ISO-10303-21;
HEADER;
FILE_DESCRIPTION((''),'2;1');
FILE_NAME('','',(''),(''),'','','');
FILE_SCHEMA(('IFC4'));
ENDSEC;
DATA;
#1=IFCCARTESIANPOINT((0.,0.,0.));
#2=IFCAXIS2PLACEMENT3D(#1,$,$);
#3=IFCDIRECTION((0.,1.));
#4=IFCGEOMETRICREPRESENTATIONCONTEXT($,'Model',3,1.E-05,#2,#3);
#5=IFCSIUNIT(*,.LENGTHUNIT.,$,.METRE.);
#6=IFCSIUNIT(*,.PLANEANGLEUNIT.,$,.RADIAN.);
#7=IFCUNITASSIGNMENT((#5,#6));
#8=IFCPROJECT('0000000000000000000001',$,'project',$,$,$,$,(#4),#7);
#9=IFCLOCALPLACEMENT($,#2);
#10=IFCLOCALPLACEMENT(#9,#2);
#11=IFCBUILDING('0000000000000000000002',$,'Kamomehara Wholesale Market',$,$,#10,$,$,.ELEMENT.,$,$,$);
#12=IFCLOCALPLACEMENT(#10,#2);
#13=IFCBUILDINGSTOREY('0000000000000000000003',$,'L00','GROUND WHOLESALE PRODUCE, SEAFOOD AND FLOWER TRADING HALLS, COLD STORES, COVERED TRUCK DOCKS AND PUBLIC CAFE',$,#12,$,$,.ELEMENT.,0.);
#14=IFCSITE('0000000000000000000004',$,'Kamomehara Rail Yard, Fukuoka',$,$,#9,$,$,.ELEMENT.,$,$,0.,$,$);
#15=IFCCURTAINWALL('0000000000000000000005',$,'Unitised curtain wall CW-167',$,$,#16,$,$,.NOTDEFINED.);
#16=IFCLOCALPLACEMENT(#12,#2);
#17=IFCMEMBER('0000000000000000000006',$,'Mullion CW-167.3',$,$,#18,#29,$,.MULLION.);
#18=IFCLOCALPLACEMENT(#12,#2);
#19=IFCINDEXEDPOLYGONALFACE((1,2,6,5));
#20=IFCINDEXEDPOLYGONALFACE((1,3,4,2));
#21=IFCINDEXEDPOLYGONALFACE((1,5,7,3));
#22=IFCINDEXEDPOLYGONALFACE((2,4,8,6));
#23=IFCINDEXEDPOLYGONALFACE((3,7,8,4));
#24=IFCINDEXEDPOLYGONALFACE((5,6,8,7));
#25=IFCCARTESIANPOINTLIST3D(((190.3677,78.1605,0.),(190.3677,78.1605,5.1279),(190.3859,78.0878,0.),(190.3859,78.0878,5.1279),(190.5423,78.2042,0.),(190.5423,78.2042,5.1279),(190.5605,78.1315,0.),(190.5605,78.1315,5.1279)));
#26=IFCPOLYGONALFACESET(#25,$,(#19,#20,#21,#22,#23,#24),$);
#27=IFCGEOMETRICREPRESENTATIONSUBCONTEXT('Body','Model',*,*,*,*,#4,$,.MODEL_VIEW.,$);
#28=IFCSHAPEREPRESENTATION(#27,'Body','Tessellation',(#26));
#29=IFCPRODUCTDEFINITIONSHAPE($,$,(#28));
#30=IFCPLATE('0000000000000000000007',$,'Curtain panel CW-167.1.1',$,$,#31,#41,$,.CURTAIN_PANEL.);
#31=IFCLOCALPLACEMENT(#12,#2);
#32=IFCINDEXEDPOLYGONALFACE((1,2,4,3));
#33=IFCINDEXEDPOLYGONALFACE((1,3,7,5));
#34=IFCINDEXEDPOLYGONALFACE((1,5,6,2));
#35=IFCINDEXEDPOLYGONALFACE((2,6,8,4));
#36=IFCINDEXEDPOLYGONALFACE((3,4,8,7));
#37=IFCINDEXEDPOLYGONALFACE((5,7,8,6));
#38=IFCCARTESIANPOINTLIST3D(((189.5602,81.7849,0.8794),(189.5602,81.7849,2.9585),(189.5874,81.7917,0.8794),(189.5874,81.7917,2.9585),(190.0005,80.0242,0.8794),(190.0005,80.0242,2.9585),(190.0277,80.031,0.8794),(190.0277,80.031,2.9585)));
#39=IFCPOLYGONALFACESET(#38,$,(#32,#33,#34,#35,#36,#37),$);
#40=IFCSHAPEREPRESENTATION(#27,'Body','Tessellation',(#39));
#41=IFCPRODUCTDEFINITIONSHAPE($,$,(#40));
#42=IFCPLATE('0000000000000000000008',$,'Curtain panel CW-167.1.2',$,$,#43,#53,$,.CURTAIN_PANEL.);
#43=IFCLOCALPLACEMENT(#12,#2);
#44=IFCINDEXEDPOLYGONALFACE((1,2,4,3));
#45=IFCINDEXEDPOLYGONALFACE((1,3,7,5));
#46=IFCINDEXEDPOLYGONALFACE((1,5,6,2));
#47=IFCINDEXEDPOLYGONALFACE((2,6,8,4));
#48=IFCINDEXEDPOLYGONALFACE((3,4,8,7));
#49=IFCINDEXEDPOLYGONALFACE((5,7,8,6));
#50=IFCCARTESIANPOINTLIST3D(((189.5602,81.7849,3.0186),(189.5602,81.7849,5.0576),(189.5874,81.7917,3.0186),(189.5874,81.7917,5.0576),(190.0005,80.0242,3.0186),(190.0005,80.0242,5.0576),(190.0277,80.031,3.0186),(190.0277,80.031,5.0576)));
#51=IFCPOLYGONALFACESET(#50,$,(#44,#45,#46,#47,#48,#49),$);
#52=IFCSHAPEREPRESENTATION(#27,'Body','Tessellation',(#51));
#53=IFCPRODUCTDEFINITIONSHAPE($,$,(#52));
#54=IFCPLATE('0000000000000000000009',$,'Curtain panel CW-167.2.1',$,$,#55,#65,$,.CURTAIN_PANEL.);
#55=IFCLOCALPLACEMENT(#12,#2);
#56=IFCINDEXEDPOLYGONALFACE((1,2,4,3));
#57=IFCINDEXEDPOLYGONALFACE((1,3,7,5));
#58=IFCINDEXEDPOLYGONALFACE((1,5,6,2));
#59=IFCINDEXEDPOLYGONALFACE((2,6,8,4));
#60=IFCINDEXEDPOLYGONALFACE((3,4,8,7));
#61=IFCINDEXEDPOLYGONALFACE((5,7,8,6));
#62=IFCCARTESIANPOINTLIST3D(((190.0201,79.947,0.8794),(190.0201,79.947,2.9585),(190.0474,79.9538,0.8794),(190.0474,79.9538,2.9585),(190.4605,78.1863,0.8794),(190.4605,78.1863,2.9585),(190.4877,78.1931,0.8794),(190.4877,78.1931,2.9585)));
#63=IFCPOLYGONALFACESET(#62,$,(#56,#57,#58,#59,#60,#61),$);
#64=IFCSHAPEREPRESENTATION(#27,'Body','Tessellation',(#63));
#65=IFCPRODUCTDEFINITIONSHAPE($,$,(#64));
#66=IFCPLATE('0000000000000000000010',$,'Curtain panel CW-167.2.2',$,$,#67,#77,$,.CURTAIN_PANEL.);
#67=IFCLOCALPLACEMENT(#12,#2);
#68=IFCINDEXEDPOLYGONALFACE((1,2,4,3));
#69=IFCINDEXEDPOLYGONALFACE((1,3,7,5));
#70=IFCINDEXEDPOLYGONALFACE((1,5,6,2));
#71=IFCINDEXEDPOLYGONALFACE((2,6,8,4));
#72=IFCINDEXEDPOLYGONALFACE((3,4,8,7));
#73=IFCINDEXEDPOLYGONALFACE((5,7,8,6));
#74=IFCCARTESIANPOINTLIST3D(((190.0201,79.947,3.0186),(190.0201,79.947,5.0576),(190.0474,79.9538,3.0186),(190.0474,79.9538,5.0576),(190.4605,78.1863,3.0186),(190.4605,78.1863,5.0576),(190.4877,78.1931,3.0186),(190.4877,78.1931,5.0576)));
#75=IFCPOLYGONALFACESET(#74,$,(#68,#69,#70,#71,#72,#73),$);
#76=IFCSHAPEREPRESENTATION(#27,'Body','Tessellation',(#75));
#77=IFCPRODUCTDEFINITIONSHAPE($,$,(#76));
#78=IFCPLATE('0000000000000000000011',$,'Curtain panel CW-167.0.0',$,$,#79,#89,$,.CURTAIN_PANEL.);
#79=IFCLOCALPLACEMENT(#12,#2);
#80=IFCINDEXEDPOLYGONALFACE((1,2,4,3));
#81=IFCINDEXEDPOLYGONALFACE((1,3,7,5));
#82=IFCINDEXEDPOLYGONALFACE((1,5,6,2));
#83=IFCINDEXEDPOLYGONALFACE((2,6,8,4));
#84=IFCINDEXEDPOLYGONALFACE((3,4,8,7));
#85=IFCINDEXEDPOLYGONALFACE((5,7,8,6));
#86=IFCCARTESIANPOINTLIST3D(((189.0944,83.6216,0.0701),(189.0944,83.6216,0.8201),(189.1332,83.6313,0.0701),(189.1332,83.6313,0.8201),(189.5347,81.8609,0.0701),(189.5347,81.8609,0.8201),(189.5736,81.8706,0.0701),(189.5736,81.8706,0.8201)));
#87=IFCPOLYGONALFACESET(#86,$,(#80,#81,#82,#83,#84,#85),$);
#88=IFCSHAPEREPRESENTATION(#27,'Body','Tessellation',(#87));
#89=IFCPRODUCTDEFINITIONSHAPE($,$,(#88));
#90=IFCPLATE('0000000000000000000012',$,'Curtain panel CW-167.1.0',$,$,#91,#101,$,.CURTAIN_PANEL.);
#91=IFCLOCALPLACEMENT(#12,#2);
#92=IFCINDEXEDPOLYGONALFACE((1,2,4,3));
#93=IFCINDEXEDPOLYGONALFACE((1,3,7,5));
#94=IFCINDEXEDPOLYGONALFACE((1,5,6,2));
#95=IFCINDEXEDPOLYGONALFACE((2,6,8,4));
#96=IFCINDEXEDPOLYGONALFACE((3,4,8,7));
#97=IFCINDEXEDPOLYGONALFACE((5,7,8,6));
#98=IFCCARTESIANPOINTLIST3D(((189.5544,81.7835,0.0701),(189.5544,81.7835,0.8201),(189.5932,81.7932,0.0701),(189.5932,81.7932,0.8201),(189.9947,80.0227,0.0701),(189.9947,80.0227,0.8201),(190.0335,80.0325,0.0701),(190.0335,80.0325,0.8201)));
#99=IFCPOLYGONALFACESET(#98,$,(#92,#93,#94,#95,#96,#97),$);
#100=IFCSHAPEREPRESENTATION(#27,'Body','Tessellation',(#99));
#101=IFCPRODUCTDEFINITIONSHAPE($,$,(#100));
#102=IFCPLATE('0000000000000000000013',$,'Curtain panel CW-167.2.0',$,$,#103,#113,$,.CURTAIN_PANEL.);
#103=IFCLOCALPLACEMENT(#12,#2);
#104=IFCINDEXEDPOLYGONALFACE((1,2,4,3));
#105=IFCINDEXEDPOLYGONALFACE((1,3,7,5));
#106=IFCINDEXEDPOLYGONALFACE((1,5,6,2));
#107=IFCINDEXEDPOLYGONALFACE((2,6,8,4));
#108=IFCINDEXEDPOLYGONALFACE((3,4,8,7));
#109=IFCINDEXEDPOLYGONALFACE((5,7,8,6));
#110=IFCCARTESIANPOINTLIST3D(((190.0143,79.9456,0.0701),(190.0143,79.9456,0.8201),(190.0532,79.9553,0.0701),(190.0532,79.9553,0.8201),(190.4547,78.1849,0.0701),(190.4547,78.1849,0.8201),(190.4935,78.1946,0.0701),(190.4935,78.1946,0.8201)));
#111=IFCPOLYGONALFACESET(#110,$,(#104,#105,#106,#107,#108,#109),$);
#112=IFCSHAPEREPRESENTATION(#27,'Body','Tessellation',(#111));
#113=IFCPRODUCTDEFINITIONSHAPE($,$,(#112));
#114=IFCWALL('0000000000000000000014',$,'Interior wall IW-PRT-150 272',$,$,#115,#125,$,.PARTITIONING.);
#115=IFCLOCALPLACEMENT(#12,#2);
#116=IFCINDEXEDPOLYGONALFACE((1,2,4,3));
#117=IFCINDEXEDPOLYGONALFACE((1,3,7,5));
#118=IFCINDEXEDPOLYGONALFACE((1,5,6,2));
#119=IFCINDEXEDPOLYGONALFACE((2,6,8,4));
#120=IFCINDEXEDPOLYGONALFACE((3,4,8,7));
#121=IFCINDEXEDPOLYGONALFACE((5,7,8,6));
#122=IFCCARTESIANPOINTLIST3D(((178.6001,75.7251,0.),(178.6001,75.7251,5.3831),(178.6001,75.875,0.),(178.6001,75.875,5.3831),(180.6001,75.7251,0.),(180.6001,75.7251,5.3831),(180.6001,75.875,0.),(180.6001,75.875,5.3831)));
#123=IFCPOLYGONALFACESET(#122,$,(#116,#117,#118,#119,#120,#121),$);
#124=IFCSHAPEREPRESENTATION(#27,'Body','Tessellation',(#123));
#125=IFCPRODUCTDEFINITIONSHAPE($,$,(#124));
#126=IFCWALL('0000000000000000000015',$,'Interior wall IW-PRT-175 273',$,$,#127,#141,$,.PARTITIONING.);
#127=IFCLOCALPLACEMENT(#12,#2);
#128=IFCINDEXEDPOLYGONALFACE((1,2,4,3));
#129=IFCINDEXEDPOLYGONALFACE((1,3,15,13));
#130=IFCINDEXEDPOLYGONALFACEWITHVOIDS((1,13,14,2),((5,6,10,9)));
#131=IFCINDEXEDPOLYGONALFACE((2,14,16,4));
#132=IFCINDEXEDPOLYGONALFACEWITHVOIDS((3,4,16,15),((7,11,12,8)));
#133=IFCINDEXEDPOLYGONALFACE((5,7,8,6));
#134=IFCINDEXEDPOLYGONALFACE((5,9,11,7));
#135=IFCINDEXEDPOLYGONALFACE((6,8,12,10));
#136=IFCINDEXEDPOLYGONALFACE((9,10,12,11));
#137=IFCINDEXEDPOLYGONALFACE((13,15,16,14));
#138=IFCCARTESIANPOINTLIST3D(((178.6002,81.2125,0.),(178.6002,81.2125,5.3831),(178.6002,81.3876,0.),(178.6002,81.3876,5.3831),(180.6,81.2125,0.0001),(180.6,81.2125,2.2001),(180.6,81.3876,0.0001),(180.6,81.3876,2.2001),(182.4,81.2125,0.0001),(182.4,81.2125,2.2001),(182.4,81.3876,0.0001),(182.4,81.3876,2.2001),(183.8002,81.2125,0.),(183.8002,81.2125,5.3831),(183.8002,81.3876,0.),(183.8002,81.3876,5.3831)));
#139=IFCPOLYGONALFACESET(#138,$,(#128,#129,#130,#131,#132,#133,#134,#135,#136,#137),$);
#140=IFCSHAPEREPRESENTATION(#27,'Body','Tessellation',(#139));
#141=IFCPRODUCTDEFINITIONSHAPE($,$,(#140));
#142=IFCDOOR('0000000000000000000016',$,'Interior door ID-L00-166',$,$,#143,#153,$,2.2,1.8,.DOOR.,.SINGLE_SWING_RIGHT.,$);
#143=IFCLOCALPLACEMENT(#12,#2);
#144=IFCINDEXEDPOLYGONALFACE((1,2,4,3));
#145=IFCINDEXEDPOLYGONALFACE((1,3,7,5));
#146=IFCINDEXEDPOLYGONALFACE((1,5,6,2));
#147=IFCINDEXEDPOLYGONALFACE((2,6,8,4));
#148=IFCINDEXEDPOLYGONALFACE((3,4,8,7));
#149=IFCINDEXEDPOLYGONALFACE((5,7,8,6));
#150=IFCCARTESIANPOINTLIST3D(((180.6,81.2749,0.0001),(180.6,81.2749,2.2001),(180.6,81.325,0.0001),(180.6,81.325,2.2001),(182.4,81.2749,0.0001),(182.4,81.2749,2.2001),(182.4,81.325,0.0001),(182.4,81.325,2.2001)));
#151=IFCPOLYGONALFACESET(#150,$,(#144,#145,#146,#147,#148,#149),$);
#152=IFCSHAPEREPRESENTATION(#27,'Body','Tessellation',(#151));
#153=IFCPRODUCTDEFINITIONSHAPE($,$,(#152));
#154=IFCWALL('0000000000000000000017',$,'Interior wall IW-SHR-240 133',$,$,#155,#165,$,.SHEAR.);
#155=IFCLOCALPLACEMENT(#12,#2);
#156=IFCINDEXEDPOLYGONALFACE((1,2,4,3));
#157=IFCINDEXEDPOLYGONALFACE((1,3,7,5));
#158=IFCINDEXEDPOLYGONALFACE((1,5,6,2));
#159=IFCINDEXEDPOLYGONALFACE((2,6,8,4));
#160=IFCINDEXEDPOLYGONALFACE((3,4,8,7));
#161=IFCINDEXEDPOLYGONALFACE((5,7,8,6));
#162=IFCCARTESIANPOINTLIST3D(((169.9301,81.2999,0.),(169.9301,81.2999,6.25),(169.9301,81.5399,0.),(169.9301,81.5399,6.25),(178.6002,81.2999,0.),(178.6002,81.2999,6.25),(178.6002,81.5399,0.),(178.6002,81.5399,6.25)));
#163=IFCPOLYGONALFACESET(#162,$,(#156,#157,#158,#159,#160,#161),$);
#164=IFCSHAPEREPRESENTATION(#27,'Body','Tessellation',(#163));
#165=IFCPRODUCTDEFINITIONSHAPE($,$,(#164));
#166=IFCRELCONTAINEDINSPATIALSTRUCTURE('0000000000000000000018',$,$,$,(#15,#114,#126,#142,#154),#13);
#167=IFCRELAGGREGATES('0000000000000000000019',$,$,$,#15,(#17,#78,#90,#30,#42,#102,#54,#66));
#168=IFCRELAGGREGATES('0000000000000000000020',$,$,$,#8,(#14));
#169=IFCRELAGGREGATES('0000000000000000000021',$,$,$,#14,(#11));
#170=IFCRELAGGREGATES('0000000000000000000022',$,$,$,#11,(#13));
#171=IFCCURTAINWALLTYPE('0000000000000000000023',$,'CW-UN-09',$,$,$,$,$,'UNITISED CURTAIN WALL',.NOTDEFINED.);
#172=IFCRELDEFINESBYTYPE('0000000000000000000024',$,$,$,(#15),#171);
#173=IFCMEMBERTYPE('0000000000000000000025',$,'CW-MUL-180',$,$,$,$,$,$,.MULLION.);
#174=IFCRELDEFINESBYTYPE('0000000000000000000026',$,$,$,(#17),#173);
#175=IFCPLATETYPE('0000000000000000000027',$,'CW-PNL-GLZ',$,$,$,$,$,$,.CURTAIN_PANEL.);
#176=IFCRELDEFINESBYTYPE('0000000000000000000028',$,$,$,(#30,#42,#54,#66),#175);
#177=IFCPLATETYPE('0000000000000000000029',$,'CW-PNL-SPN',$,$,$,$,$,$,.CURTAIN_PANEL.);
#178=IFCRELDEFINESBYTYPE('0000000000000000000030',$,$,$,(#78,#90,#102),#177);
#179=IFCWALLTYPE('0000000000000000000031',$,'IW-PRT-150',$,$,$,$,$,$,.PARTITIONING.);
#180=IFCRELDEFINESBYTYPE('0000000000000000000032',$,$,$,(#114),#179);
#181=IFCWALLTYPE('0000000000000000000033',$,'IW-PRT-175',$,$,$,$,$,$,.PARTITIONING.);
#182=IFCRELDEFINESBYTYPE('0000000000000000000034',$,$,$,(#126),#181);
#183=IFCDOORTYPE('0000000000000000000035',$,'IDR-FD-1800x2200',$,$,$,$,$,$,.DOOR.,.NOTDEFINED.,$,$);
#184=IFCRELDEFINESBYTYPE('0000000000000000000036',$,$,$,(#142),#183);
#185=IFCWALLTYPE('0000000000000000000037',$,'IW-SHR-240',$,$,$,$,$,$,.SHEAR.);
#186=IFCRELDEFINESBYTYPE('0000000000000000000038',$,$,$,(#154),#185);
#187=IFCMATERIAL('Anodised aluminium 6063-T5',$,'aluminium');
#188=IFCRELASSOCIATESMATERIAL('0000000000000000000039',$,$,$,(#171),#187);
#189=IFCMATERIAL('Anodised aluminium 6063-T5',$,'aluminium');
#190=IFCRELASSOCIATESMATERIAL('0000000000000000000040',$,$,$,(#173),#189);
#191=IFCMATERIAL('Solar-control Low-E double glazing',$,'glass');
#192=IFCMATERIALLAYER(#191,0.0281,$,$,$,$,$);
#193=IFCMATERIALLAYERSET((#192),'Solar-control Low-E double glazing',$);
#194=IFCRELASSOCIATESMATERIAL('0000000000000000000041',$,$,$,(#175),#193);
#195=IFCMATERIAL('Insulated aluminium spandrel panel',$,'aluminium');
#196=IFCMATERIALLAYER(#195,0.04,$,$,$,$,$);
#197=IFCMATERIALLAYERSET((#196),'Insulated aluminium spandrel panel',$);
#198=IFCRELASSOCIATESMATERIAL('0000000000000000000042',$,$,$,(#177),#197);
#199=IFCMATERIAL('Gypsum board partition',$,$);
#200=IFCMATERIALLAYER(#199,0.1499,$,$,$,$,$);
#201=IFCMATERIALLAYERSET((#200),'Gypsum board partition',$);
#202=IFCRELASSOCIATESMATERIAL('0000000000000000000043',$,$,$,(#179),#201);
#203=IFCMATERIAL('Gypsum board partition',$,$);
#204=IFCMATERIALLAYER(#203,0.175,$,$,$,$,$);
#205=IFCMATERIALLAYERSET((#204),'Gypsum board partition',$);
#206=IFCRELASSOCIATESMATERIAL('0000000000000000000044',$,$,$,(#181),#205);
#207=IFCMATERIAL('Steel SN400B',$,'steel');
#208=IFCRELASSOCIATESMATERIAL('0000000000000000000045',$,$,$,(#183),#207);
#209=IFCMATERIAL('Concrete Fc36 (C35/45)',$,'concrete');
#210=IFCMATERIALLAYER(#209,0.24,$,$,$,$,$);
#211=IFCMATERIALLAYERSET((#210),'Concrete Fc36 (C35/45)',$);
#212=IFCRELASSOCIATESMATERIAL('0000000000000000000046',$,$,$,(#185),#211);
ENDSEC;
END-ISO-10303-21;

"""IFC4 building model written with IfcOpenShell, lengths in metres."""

from ifc_helpers import new_model, si_unit, direction, frame, frame_2d, origin, origin_2d, place, context, subcontext, project, spatial, rectangle, extrude, material, layer, layer_set, material_profile, profile_set, type_object, element, fill, aggregate, save


model = new_model("IFC4")

# Units and contexts
model_context = context("Model", 3, precision=1e-05, world=origin(), true_north=direction((0.0, 1.0)))
body_context = subcontext(model_context, "Body", "Model", "MODEL_VIEW")
ifc_project = project(units=[si_unit("LENGTHUNIT", "METRE"), si_unit("PLANEANGLEUNIT", "RADIAN")], contexts=[model_context])

# Site, building, storey
site_placement = place(None, origin())
site = spatial("IfcSite", under=ifc_project, at=site_placement, Name="Kamomehara Rail Yard, Fukuoka", CompositionType="ELEMENT", RefElevation=0.0)
building_placement = place(site_placement, origin())
building = spatial("IfcBuilding", under=site, at=building_placement, Name="Kamomehara Wholesale Market", CompositionType="ELEMENT")
storey_placement = place(building_placement, origin())
storey = spatial("IfcBuildingStorey", under=building, at=storey_placement, Name="L00", Description="GROUND WHOLESALE PRODUCE, SEAFOOD AND FLOWER TRADING HALLS, COLD STORES, COVERED TRUCK DOCKS AND PUBLIC CAFE", CompositionType="ELEMENT", Elevation=0.0)

# Curtain wall, member, plates
ifc_material_1 = material(Name="Anodised aluminium 6063-T5", Category="aluminium")
curtain_wall_type = type_object("IfcCurtainWallType", Name="CW-UN-09", ElementType="UNITISED CURTAIN WALL", PredefinedType="NOTDEFINED", material=ifc_material_1)
curtain_wall_placement = place(storey_placement, origin())
curtain_wall = element("IfcCurtainWall", 1, at=curtain_wall_placement, inside=storey, type_object=curtain_wall_type, Name="Unitised curtain wall CW-167", PredefinedType="NOTDEFINED")
ifc_material_2 = material(Name="Anodised aluminium 6063-T5", Category="aluminium")
ifc_material_profile_1 = material_profile(ifc_material_2, rectangle(XDim=0.075, YDim=0.1799, at=origin_2d()), Name="ALU-MUL-75x180")
ifc_profile_set_1 = profile_set([ifc_material_profile_1], Name="Anodised aluminium 6063-T5")
member_type = type_object("IfcMemberType", Name="CW-MUL-180", PredefinedType="MULLION", material=ifc_profile_set_1)
member_1_placement = place(storey_placement, frame((190.4641, 78.146, 0.0), z_axis=(0.0, 0.0, 1.0), x_axis=(0.242618, -0.970122, 0.0)))
member_1 = element("IfcMember", 2, at=member_1_placement, type_object=member_type, Name="Mullion CW-167.3", PredefinedType="MULLION", context=body_context, shape_type="SweptSolid", body=[
    extrude(rectangle(XDim=0.075, YDim=0.1799, at=origin_2d()), origin(), (0.0, 0.0, 1.0), 5.1279),
])
ifc_material_3 = material(Name="Solar-control Low-E double glazing", Category="glass")
ifc_layer_1 = layer(ifc_material_3, 0.0281)
ifc_layer_set_1 = layer_set([ifc_layer_1], Name="Solar-control Low-E double glazing")
plate_type_1 = type_object("IfcPlateType", Name="CW-PNL-GLZ", PredefinedType="CURTAIN_PANEL", material=ifc_layer_set_1)
plate_1_placement = place(storey_placement, frame((189.7939, 80.908, 0.8794), z_axis=(0.0, 0.0, 1.0), x_axis=(0.242616, -0.970122, 0.0)))
plate_1 = element("IfcPlate", 3, at=plate_1_placement, type_object=plate_type_1, Name="Curtain panel CW-167.1.1", PredefinedType="CURTAIN_PANEL", context=body_context, shape_type="SweptSolid", body=[
    extrude(rectangle(XDim=1.8149, YDim=0.0281, at=origin_2d()), origin(), (0.0, 0.0, 1.0), 2.0791),
])
plate_2_placement = place(storey_placement, frame((189.7939, 80.908, 3.0186), z_axis=(0.0, 0.0, 1.0), x_axis=(0.242616, -0.970122, 0.0)))
plate_2 = element("IfcPlate", 4, at=plate_2_placement, type_object=plate_type_1, Name="Curtain panel CW-167.1.2", PredefinedType="CURTAIN_PANEL", context=body_context, shape_type="SweptSolid", body=[
    extrude(rectangle(XDim=1.8149, YDim=0.0281, at=origin_2d()), origin(), (0.0, 0.0, 1.0), 2.0391),
])
plate_3_placement = place(storey_placement, frame((190.2539, 79.0701, 0.8794), z_axis=(0.0, 0.0, 1.0), x_axis=(0.242616, -0.970122, 0.0)))
plate_3 = element("IfcPlate", 5, at=plate_3_placement, type_object=plate_type_1, Name="Curtain panel CW-167.2.1", PredefinedType="CURTAIN_PANEL", context=body_context, shape_type="SweptSolid", body=[
    extrude(rectangle(XDim=1.8149, YDim=0.0281, at=origin_2d()), origin(), (0.0, 0.0, 1.0), 2.0791),
])
plate_4_placement = place(storey_placement, frame((190.2539, 79.0701, 3.0186), z_axis=(0.0, 0.0, 1.0), x_axis=(0.242616, -0.970122, 0.0)))
plate_4 = element("IfcPlate", 6, at=plate_4_placement, type_object=plate_type_1, Name="Curtain panel CW-167.2.2", PredefinedType="CURTAIN_PANEL", context=body_context, shape_type="SweptSolid", body=[
    extrude(rectangle(XDim=1.8149, YDim=0.0281, at=origin_2d()), origin(), (0.0, 0.0, 1.0), 2.0391),
])
ifc_material_4 = material(Name="Insulated aluminium spandrel panel", Category="aluminium")
ifc_layer_2 = layer(ifc_material_4, 0.04)
ifc_layer_set_2 = layer_set([ifc_layer_2], Name="Insulated aluminium spandrel panel")
plate_type_2 = type_object("IfcPlateType", Name="CW-PNL-SPN", PredefinedType="CURTAIN_PANEL", material=ifc_layer_set_2)
plate_5_placement = place(storey_placement, frame((189.334, 82.7461, 0.0701), z_axis=(0.0, 0.0, 1.0), x_axis=(0.242616, -0.970122, 0.0)))
plate_5 = element("IfcPlate", 7, at=plate_5_placement, type_object=plate_type_2, Name="Curtain panel CW-167.0.0", PredefinedType="CURTAIN_PANEL", context=body_context, shape_type="SweptSolid", body=[
    extrude(rectangle(XDim=1.8149, YDim=0.04, at=origin_2d()), origin(), (0.0, 0.0, 1.0), 0.75),
])
plate_6_placement = place(storey_placement, frame((189.7939, 80.908, 0.0701), z_axis=(0.0, 0.0, 1.0), x_axis=(0.242616, -0.970122, 0.0)))
plate_6 = element("IfcPlate", 8, at=plate_6_placement, type_object=plate_type_2, Name="Curtain panel CW-167.1.0", PredefinedType="CURTAIN_PANEL", context=body_context, shape_type="SweptSolid", body=[
    extrude(rectangle(XDim=1.8149, YDim=0.04, at=origin_2d()), origin(), (0.0, 0.0, 1.0), 0.75),
])
plate_7_placement = place(storey_placement, frame((190.2539, 79.0701, 0.0701), z_axis=(0.0, 0.0, 1.0), x_axis=(0.242616, -0.970122, 0.0)))
plate_7 = element("IfcPlate", 9, at=plate_7_placement, type_object=plate_type_2, Name="Curtain panel CW-167.2.0", PredefinedType="CURTAIN_PANEL", context=body_context, shape_type="SweptSolid", body=[
    extrude(rectangle(XDim=1.8149, YDim=0.04, at=origin_2d()), origin(), (0.0, 0.0, 1.0), 0.75),
])
aggregate(curtain_wall, [member_1, plate_5, plate_6, plate_1, plate_2, plate_7, plate_3, plate_4])

# Wall
ifc_material_5 = material(Name="Gypsum board partition")
ifc_layer_3 = layer(ifc_material_5, 0.1499)
ifc_layer_set_3 = layer_set([ifc_layer_3], Name="Gypsum board partition")
wall_type_1 = type_object("IfcWallType", Name="IW-PRT-150", PredefinedType="PARTITIONING", material=ifc_layer_set_3)
wall_1_placement = place(storey_placement, frame((178.6001, 75.8, 0.0), z_axis=(0.0, 0.0, 1.0), x_axis=(1.0, 0.0, 0.0)))
element("IfcWall", 10, at=wall_1_placement, inside=storey, type_object=wall_type_1, Name="Interior wall IW-PRT-150 272", PredefinedType="PARTITIONING", context=body_context, shape_type="SweptSolid", body=[
    extrude(rectangle(XDim=2.0, YDim=0.1499, at=frame_2d((1.0, 0.0))), origin(), (0.0, 0.0, 1.0), 5.3831),
])

# Wall, opening, door
ifc_material_6 = material(Name="Gypsum board partition")
ifc_layer_4 = layer(ifc_material_6, 0.175)
ifc_layer_set_4 = layer_set([ifc_layer_4], Name="Gypsum board partition")
wall_type_2 = type_object("IfcWallType", Name="IW-PRT-175", PredefinedType="PARTITIONING", material=ifc_layer_set_4)
wall_2_placement = place(storey_placement, frame((178.6001, 81.3, 0.0), z_axis=(0.0, 0.0, 1.0), x_axis=(1.0, 0.0, 0.0)))
wall_2 = element("IfcWall", 11, at=wall_2_placement, inside=storey, type_object=wall_type_2, Name="Interior wall IW-PRT-175 273", PredefinedType="PARTITIONING", context=body_context, shape_type="SweptSolid", body=[
    extrude(rectangle(XDim=5.2, YDim=0.175, at=frame_2d((2.6001, 0.0))), origin(), (0.0, 0.0, 1.0), 5.3831),
])
opening_1_placement = place(wall_2_placement, frame((2.0, 0.0, 0.0)))
opening_1 = element("IfcOpeningElement", 12, at=opening_1_placement, cuts=wall_2, PredefinedType="OPENING", context=body_context, shape_type="SweptSolid", body=[
    extrude(rectangle(XDim=1.8, YDim=2.2, at=frame_2d((0.8999, 1.1001))), frame((0.0, 0.1025, 0.0), z_axis=(0.0, -1.0, 0.0), x_axis=(1.0, 0.0, 0.0)), (0.0, 0.0, 1.0), 0.2048),
])
ifc_material_7 = material(Name="Steel SN400B", Category="steel")
door_type_1 = type_object("IfcDoorType", Name="IDR-FD-1800x2200", OperationType="NOTDEFINED", PredefinedType="DOOR", material=ifc_material_7)
door_1_placement = place(opening_1_placement, origin())
door_1 = element("IfcDoor", 13, at=door_1_placement, inside=storey, type_object=door_type_1, Name="Interior door ID-L00-166", OperationType="SINGLE_SWING_RIGHT", OverallHeight=2.2, OverallWidth=1.8, PredefinedType="DOOR", context=body_context, shape_type="SweptSolid", body=[
    extrude(rectangle(XDim=1.8, YDim=2.2, at=frame_2d((0.8999, 1.1001))), frame((0.0, 0.0249, 0.0), z_axis=(0.0, -1.0, 0.0), x_axis=(1.0, 0.0, 0.0)), (0.0, 0.0, 1.0), 0.05),
])
fill(opening_1, door_1)

# Wall
ifc_material_8 = material(Name="Concrete Fc36 (C35/45)", Category="concrete")
ifc_layer_5 = layer(ifc_material_8, 0.24)
ifc_layer_set_5 = layer_set([ifc_layer_5], Name="Concrete Fc36 (C35/45)")
wall_type_3 = type_object("IfcWallType", Name="IW-SHR-240", PredefinedType="SHEAR", material=ifc_layer_set_5)
wall_3_placement = place(storey_placement, frame((178.6001, 81.4199, 0.0), z_axis=(0.0, 0.0, 1.0), x_axis=(-1.0, 0.0, 0.0)))
element("IfcWall", 14, at=wall_3_placement, inside=storey, type_object=wall_type_3, Name="Interior wall IW-SHR-240 133", PredefinedType="SHEAR", context=body_context, shape_type="SweptSolid", body=[
    extrude(rectangle(XDim=8.6702, YDim=0.24, at=frame_2d((4.335, 0.0))), origin(), (0.0, 0.0, 1.0), 6.25),
])

save(model, "model.ifc")
